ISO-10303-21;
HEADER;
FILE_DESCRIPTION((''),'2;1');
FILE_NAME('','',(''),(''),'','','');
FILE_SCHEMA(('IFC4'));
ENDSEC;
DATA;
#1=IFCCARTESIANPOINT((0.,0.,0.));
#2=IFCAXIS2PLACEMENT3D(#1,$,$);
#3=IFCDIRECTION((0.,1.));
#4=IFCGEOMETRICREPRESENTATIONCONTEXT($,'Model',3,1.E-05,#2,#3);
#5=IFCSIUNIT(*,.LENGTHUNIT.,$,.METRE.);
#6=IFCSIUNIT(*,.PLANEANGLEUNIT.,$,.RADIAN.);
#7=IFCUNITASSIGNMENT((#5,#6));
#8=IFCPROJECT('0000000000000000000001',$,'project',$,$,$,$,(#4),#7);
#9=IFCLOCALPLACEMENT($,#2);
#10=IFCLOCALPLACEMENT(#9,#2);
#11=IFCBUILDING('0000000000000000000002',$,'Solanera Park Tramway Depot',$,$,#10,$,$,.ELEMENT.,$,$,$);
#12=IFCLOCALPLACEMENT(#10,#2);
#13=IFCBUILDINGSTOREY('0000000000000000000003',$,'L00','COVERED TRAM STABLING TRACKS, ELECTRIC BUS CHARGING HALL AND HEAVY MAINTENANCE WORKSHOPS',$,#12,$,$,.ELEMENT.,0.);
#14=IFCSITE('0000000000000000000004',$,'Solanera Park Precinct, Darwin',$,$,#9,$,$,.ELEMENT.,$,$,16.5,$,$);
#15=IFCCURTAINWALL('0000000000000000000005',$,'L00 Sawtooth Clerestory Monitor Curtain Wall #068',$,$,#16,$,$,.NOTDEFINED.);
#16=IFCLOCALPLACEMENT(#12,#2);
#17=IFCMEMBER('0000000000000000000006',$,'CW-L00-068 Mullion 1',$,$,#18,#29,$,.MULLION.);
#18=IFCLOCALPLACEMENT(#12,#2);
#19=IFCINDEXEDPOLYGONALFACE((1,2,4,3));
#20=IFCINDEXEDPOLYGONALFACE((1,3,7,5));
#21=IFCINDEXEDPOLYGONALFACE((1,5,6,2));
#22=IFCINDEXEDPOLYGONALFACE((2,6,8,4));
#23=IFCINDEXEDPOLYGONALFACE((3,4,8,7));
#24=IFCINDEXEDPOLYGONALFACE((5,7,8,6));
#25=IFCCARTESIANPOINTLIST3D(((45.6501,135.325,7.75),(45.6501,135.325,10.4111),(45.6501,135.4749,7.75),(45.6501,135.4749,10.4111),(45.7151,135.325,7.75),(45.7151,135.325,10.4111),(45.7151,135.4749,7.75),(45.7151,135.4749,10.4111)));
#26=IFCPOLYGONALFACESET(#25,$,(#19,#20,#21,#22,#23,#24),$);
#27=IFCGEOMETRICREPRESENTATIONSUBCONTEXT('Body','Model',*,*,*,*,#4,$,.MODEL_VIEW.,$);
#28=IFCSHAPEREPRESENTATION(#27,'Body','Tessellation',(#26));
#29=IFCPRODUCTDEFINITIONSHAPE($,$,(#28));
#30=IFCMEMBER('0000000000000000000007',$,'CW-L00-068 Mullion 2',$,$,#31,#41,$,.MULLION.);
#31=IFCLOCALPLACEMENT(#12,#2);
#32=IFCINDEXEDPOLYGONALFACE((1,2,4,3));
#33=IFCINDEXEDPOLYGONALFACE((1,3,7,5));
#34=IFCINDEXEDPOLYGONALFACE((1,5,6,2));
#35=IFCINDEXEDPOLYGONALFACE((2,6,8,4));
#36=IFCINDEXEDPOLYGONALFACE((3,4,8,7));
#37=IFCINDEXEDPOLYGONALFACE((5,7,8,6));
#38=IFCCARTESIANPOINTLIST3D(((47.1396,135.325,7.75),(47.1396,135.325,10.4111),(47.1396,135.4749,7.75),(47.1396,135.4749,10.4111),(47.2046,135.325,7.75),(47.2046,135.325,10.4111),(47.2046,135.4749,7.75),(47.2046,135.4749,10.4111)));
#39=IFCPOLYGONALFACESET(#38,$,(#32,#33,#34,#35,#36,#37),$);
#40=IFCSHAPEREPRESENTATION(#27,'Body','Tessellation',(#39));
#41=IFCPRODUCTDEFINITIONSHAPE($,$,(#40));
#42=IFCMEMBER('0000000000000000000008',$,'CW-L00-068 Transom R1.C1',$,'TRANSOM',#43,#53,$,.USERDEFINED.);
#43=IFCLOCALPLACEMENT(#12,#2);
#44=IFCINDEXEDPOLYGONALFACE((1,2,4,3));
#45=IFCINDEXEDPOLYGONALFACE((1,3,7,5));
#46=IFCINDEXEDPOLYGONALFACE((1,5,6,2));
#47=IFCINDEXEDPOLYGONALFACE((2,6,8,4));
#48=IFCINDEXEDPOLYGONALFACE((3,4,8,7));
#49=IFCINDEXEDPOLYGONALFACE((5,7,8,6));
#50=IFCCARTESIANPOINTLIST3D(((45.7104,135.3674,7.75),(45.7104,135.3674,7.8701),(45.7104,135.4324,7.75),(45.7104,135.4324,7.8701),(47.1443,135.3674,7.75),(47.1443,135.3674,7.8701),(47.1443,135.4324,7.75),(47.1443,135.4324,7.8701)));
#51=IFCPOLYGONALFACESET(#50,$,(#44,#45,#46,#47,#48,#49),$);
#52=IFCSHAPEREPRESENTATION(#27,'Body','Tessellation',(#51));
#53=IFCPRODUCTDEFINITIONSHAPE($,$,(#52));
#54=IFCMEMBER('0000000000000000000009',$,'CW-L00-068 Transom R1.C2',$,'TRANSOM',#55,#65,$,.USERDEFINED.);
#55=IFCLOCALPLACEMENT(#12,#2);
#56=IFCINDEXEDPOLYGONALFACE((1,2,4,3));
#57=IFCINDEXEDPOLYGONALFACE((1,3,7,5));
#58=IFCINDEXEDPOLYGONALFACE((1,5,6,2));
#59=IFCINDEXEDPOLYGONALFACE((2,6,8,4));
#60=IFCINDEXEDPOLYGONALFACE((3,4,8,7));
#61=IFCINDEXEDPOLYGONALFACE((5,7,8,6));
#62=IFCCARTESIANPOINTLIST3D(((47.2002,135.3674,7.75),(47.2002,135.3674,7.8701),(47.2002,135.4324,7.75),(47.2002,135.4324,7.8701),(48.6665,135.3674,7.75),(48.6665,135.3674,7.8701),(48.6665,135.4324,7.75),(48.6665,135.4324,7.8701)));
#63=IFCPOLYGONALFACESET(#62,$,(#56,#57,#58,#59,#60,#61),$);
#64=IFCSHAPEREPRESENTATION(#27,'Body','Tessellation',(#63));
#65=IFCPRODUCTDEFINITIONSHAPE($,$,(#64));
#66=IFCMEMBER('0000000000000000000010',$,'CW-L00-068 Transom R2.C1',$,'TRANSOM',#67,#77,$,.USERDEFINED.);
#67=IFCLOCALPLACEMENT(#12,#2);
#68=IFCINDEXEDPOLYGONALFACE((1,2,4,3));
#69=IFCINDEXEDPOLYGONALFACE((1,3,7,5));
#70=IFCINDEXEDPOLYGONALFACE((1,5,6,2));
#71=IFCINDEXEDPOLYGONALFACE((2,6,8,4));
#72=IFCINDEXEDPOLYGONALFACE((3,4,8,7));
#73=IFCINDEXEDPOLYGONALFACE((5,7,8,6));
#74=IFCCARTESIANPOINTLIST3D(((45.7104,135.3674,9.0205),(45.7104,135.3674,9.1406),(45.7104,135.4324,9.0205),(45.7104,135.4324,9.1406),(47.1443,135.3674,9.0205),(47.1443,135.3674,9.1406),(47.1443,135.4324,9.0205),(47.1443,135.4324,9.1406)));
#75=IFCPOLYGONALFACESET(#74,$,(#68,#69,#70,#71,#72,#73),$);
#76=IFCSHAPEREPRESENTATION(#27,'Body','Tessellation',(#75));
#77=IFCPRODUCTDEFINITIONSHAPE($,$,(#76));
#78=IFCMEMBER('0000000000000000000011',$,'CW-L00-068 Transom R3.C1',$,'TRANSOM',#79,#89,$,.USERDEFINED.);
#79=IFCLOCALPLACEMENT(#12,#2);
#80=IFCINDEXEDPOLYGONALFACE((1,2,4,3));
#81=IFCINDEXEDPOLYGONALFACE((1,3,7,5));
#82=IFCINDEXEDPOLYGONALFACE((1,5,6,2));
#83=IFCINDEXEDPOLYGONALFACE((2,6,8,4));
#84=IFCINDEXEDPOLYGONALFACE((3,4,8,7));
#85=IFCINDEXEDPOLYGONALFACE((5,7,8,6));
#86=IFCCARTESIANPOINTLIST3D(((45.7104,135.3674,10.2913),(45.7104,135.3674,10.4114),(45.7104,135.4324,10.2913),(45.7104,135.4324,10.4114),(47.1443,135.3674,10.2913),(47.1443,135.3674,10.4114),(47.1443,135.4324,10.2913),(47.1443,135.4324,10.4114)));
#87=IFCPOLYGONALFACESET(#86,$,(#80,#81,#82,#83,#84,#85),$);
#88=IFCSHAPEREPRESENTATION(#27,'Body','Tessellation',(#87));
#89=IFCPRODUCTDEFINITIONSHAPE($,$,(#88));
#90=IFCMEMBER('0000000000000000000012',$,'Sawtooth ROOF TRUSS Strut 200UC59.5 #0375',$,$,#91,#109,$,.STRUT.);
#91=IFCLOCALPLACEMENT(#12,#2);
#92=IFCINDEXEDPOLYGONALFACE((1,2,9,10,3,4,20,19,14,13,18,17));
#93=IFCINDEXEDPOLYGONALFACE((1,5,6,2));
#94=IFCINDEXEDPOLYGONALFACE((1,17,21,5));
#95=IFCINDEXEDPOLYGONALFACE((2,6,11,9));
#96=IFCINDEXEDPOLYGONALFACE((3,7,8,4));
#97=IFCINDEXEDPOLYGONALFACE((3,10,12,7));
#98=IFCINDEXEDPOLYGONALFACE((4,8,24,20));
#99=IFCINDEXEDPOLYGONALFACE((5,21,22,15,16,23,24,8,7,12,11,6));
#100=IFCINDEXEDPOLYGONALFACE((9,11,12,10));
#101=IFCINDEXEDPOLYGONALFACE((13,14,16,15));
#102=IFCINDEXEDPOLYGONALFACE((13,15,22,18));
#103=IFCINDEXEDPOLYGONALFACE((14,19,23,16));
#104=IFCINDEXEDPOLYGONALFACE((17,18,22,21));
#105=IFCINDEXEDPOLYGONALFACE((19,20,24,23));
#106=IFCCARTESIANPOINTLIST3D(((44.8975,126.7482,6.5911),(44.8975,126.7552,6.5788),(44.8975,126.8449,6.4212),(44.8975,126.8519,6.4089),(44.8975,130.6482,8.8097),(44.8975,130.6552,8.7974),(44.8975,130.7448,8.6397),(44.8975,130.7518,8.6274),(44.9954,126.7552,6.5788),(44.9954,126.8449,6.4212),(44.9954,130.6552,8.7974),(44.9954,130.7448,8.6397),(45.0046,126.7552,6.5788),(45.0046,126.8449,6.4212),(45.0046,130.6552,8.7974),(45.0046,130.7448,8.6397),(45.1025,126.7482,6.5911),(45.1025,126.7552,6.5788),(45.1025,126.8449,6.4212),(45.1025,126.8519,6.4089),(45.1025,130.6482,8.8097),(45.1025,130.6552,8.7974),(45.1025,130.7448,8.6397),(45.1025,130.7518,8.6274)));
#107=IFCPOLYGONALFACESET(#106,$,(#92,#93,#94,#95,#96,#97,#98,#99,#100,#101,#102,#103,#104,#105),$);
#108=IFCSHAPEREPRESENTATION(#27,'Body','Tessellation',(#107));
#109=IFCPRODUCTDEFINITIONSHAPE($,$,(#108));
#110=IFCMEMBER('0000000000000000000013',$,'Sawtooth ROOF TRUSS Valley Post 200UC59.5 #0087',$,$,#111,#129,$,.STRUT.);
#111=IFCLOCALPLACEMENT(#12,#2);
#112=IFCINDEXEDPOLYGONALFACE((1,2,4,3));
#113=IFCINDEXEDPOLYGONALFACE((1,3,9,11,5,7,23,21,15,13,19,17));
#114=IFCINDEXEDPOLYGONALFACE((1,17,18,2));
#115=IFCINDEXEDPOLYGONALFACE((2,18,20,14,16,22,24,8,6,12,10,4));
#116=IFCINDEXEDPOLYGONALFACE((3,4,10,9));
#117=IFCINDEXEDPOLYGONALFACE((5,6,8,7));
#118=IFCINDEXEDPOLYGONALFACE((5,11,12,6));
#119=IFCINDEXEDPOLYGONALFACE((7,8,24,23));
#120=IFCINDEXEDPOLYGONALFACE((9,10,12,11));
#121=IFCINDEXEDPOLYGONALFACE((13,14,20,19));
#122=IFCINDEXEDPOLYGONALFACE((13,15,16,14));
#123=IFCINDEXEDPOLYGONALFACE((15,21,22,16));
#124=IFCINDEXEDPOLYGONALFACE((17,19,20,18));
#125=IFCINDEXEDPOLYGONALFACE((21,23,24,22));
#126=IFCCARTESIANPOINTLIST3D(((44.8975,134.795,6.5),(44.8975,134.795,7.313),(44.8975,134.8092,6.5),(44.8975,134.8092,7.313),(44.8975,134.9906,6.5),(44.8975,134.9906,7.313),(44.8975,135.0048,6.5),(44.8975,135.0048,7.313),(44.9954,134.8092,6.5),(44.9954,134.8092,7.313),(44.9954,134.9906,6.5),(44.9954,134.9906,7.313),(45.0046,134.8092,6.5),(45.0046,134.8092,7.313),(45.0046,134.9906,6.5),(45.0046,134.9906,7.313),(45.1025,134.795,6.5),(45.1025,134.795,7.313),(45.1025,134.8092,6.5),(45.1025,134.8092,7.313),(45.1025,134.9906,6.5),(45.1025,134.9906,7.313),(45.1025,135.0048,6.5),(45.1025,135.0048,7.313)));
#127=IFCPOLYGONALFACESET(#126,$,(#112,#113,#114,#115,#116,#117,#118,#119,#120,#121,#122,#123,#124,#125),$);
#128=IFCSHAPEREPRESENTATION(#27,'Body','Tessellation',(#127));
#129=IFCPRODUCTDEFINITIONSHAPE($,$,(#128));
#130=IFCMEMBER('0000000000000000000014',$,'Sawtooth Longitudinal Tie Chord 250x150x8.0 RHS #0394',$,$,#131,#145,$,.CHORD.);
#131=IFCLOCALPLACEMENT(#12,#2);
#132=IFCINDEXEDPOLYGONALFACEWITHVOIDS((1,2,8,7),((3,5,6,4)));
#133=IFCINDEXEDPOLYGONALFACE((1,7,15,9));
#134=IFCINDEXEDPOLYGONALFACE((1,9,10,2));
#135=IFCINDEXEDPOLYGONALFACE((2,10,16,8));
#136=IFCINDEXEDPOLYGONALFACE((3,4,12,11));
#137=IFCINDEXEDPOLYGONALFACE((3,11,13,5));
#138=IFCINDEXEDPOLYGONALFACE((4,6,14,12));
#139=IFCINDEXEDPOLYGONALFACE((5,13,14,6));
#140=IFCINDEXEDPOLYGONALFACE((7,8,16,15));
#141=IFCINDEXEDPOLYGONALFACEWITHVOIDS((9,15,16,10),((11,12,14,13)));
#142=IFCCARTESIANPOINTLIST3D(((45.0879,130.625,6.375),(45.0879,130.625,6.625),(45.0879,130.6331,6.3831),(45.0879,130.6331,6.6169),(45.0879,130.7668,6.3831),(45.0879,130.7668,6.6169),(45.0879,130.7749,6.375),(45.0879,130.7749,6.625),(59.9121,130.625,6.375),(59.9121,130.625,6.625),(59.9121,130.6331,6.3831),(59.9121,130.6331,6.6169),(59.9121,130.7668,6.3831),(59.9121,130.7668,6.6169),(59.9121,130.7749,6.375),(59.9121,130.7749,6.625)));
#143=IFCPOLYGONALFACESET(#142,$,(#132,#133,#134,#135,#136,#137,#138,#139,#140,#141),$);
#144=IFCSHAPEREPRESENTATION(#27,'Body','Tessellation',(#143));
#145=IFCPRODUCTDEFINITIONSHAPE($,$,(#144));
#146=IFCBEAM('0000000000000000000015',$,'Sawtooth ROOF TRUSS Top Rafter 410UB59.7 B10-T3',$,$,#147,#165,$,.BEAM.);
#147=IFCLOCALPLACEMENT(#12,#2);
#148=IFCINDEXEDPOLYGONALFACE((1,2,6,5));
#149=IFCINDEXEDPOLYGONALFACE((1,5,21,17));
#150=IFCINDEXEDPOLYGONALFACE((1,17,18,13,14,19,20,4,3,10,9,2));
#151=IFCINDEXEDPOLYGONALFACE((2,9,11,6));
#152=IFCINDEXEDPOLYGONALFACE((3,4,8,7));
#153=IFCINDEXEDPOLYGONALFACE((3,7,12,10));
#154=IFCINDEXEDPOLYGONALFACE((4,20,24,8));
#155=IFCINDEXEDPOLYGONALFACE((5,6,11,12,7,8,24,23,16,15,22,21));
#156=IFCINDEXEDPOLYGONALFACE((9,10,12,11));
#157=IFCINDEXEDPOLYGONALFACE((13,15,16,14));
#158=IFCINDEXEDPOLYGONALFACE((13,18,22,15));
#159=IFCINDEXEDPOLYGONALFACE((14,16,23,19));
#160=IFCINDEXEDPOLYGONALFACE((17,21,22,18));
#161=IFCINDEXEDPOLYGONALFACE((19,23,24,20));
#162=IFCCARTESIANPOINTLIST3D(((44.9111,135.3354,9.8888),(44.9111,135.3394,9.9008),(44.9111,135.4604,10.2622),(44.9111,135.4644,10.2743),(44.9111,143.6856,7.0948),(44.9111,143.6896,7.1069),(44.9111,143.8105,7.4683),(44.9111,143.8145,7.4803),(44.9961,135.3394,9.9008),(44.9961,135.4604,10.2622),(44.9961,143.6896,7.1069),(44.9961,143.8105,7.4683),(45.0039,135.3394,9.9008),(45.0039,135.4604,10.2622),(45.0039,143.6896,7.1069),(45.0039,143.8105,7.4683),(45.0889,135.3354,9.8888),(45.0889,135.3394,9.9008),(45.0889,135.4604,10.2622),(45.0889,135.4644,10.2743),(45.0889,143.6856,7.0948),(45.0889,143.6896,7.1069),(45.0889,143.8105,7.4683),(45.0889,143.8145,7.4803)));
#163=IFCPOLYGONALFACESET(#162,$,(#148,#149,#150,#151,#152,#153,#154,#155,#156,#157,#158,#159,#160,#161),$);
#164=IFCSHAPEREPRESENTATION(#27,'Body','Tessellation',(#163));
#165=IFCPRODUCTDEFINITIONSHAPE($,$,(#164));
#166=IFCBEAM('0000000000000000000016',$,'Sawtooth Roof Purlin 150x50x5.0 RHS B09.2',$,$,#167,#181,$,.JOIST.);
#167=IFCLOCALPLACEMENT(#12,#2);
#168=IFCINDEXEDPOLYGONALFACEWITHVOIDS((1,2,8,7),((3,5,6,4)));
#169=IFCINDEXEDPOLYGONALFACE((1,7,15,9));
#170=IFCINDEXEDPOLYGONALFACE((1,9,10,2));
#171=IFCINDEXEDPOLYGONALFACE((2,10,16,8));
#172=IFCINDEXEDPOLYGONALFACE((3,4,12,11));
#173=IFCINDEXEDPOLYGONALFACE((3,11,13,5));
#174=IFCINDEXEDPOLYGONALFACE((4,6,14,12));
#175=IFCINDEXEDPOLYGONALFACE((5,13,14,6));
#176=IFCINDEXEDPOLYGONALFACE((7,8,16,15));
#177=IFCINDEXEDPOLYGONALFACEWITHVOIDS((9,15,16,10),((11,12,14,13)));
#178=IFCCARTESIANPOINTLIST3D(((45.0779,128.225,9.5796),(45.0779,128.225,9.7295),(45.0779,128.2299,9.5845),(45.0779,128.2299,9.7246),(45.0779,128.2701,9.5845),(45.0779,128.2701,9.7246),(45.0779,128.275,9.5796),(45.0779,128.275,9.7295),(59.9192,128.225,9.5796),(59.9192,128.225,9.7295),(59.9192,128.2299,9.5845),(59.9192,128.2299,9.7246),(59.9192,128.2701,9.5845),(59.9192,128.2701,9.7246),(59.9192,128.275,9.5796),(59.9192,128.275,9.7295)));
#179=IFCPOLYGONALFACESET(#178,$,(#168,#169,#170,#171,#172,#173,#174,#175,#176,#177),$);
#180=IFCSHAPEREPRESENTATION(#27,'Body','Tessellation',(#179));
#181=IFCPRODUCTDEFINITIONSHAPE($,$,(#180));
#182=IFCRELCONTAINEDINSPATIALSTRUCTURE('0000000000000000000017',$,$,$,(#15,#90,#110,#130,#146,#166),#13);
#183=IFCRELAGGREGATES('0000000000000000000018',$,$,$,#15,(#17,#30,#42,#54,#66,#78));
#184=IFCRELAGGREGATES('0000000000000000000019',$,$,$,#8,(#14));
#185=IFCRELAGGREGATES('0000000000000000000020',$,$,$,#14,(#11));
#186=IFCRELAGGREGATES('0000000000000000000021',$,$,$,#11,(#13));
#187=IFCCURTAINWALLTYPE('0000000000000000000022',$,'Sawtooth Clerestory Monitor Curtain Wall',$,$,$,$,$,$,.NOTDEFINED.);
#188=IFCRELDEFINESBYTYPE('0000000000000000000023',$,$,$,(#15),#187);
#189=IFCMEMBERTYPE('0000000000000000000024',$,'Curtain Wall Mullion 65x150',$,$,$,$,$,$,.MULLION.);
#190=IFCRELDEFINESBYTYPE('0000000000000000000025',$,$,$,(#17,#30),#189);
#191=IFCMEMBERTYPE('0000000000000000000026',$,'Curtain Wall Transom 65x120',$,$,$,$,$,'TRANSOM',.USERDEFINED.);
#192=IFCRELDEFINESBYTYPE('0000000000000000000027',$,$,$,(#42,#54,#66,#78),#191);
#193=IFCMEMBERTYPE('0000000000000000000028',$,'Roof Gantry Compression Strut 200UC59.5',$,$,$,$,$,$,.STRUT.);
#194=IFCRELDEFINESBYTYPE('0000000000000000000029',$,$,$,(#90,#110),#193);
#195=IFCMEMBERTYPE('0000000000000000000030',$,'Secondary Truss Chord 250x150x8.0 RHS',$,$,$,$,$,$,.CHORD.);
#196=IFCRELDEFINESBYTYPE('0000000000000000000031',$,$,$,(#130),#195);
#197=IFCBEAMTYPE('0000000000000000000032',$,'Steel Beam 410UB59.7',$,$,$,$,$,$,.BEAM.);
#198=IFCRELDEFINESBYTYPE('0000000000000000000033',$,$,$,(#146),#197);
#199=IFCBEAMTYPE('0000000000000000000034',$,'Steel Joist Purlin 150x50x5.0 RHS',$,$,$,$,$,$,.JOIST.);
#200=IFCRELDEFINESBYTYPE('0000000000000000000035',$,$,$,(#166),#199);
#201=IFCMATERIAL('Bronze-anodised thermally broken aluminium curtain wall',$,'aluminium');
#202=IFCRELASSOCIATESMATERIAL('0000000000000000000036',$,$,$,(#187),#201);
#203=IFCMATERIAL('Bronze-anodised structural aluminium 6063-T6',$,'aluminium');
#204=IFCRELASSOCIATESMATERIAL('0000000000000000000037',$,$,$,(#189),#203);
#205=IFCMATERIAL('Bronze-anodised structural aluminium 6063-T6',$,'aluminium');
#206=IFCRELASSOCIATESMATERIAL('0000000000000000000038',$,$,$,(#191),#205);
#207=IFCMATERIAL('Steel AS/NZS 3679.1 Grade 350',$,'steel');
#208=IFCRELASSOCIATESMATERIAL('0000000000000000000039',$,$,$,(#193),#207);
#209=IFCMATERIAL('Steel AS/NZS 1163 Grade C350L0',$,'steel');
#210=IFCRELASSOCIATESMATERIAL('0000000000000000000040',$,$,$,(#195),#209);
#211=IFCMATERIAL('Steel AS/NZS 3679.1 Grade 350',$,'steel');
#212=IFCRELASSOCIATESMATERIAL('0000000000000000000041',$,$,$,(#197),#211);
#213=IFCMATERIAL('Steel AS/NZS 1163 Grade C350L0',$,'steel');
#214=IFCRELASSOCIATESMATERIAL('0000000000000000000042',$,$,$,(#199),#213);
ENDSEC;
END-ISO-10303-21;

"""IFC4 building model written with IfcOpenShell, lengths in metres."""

from ifc_helpers import new_model, si_unit, direction, frame, origin, origin_2d, place, context, subcontext, project, spatial, rectangle, hollow_rectangle, i_section, extrude, material, material_profile, profile_set, type_object, element, aggregate, save


model = new_model("IFC4")

# Units and contexts
model_context = context("Model", 3, precision=1e-05, world=origin(), true_north=direction((0.0, 1.0)))
body_context = subcontext(model_context, "Body", "Model", "MODEL_VIEW")
ifc_project = project(units=[si_unit("LENGTHUNIT", "METRE"), si_unit("PLANEANGLEUNIT", "RADIAN")], contexts=[model_context])

# Site, building, storey
site_placement = place(None, origin())
site = spatial("IfcSite", under=ifc_project, at=site_placement, Name="Solanera Park Precinct, Darwin", CompositionType="ELEMENT", RefElevation=16.5)
building_placement = place(site_placement, origin())
building = spatial("IfcBuilding", under=site, at=building_placement, Name="Solanera Park Tramway Depot", CompositionType="ELEMENT")
storey_placement = place(building_placement, origin())
storey = spatial("IfcBuildingStorey", under=building, at=storey_placement, Name="L00", Description="COVERED TRAM STABLING TRACKS, ELECTRIC BUS CHARGING HALL AND HEAVY MAINTENANCE WORKSHOPS", CompositionType="ELEMENT", Elevation=0.0)

# Curtain wall, members
ifc_material_1 = material(Name="Bronze-anodised thermally broken aluminium curtain wall", Category="aluminium")
curtain_wall_type = type_object("IfcCurtainWallType", Name="Sawtooth Clerestory Monitor Curtain Wall", PredefinedType="NOTDEFINED", material=ifc_material_1)
curtain_wall_placement = place(storey_placement, origin())
curtain_wall = element("IfcCurtainWall", 1, at=curtain_wall_placement, inside=storey, type_object=curtain_wall_type, Name="L00 Sawtooth Clerestory Monitor Curtain Wall #068", PredefinedType="NOTDEFINED")
ifc_material_2 = material(Name="Bronze-anodised structural aluminium 6063-T6", Category="aluminium")
ifc_material_profile_1 = material_profile(ifc_material_2, rectangle(XDim=0.0649, YDim=0.1499, at=origin_2d()), Name="Curtain Wall Mullion 65x150")
ifc_profile_set_1 = profile_set([ifc_material_profile_1], Name="Bronze-anodised structural aluminium 6063-T6")
member_type_1 = type_object("IfcMemberType", Name="Curtain Wall Mullion 65x150", PredefinedType="MULLION", material=ifc_profile_set_1)
member_1_placement = place(storey_placement, frame((45.6826, 135.3999, 7.75), z_axis=(0.0, 0.0, 1.0), x_axis=(1.0, 0.0, 0.0)))
member_1 = element("IfcMember", 2, at=member_1_placement, type_object=member_type_1, Name="CW-L00-068 Mullion 1", PredefinedType="MULLION", context=body_context, shape_type="SweptSolid", body=[
    extrude(rectangle(XDim=0.0649, YDim=0.1499, at=origin_2d()), origin(), (0.0, 0.0, 1.0), 2.6611),
])
member_2_placement = place(storey_placement, frame((47.1721, 135.3999, 7.75), z_axis=(0.0, 0.0, 1.0), x_axis=(1.0, 0.0, 0.0)))
member_2 = element("IfcMember", 3, at=member_2_placement, type_object=member_type_1, Name="CW-L00-068 Mullion 2", PredefinedType="MULLION", context=body_context, shape_type="SweptSolid", body=[
    extrude(rectangle(XDim=0.0649, YDim=0.1499, at=origin_2d()), origin(), (0.0, 0.0, 1.0), 2.6611),
])
ifc_material_3 = material(Name="Bronze-anodised structural aluminium 6063-T6", Category="aluminium")
ifc_material_profile_2 = material_profile(ifc_material_3, rectangle(XDim=0.0649, YDim=0.1201, at=origin_2d()), Name="Curtain Wall Transom 65x120")
ifc_profile_set_2 = profile_set([ifc_material_profile_2], Name="Bronze-anodised structural aluminium 6063-T6")
member_type_2 = type_object("IfcMemberType", Name="Curtain Wall Transom 65x120", ElementType="TRANSOM", PredefinedType="USERDEFINED", material=ifc_profile_set_2)
member_3_placement = place(storey_placement, frame((45.7104, 135.3999, 7.8101), z_axis=(1.0, 0.0, 0.0), x_axis=(0.0, 1.0, 0.0)))
member_3 = element("IfcMember", 4, at=member_3_placement, type_object=member_type_2, Name="CW-L00-068 Transom R1.C1", ObjectType="TRANSOM", PredefinedType="USERDEFINED", context=body_context, shape_type="SweptSolid", body=[
    extrude(rectangle(XDim=0.0649, YDim=0.1201, at=origin_2d()), origin(), (0.0, 0.0, 1.0), 1.4338),
])
member_4_placement = place(storey_placement, frame((47.2002, 135.3999, 7.8101), z_axis=(1.0, 0.0, 0.0), x_axis=(0.0, 1.0, 0.0)))
member_4 = element("IfcMember", 5, at=member_4_placement, type_object=member_type_2, Name="CW-L00-068 Transom R1.C2", ObjectType="TRANSOM", PredefinedType="USERDEFINED", context=body_context, shape_type="SweptSolid", body=[
    extrude(rectangle(XDim=0.0649, YDim=0.1201, at=origin_2d()), origin(), (0.0, 0.0, 1.0), 1.4663),
])
member_5_placement = place(storey_placement, frame((45.7104, 135.3999, 9.0806), z_axis=(1.0, 0.0, 0.0), x_axis=(0.0, 1.0, 0.0)))
member_5 = element("IfcMember", 6, at=member_5_placement, type_object=member_type_2, Name="CW-L00-068 Transom R2.C1", ObjectType="TRANSOM", PredefinedType="USERDEFINED", context=body_context, shape_type="SweptSolid", body=[
    extrude(rectangle(XDim=0.0649, YDim=0.1201, at=origin_2d()), origin(), (0.0, 0.0, 1.0), 1.4338),
])
member_6_placement = place(storey_placement, frame((45.7104, 135.3999, 10.3513), z_axis=(1.0, 0.0, 0.0), x_axis=(0.0, 1.0, 0.0)))
member_6 = element("IfcMember", 7, at=member_6_placement, type_object=member_type_2, Name="CW-L00-068 Transom R3.C1", ObjectType="TRANSOM", PredefinedType="USERDEFINED", context=body_context, shape_type="SweptSolid", body=[
    extrude(rectangle(XDim=0.0649, YDim=0.1201, at=origin_2d()), origin(), (0.0, 0.0, 1.0), 1.4338),
])

# Members
ifc_material_4 = material(Name="Steel AS/NZS 3679.1 Grade 350", Category="steel")
ifc_material_profile_3 = material_profile(ifc_material_4, i_section(OverallWidth=0.2051, OverallDepth=0.2097, WebThickness=0.0093, FlangeThickness=0.0142, at=origin_2d()), Name="200UC59.5")
ifc_profile_set_3 = profile_set([ifc_material_profile_3], Name="Steel AS/NZS 3679.1 Grade 350")
member_type_3 = type_object("IfcMemberType", Name="Roof Gantry Compression Strut 200UC59.5", PredefinedType="STRUT", material=ifc_profile_set_3)
member_7_placement = place(storey_placement, frame((45.0, 126.8, 6.5), z_axis=(0.0, 0.869203, 0.494456), x_axis=(-1.0, 0.0, 0.0)))
element("IfcMember", 8, at=member_7_placement, inside=storey, type_object=member_type_3, Name="Sawtooth ROOF TRUSS Strut 200UC59.5 #0375", PredefinedType="STRUT", context=body_context, shape_type="SweptSolid", body=[
    extrude(i_section(OverallWidth=0.2051, OverallDepth=0.2097, WebThickness=0.0093, FlangeThickness=0.0142, at=origin_2d()), origin(), (0.0, 0.0, 1.0), 4.4868),
])
member_8_placement = place(storey_placement, frame((45.0, 134.8999, 6.5), z_axis=(0.0, 0.0, 1.0), x_axis=(1.0, 0.0, 0.0)))
element("IfcMember", 9, at=member_8_placement, inside=storey, type_object=member_type_3, Name="Sawtooth ROOF TRUSS Valley Post 200UC59.5 #0087", PredefinedType="STRUT", context=body_context, shape_type="SweptSolid", body=[
    extrude(i_section(OverallWidth=0.2051, OverallDepth=0.2097, WebThickness=0.0093, FlangeThickness=0.0142, at=origin_2d()), origin(), (0.0, 0.0, 1.0), 0.813),
])
ifc_material_5 = material(Name="Steel AS/NZS 1163 Grade C350L0", Category="steel")
ifc_material_profile_4 = material_profile(ifc_material_5, hollow_rectangle(XDim=0.1499, YDim=0.25, WallThickness=0.0081, at=origin_2d()), Name="250x150x8.0 RHS")
ifc_profile_set_4 = profile_set([ifc_material_profile_4], Name="Steel AS/NZS 1163 Grade C350L0")
member_type_4 = type_object("IfcMemberType", Name="Secondary Truss Chord 250x150x8.0 RHS", PredefinedType="CHORD", material=ifc_profile_set_4)
member_9_placement = place(storey_placement, frame((45.0879, 130.7, 6.5), z_axis=(1.0, 0.0, 0.0), x_axis=(0.0, 1.0, 0.0)))
element("IfcMember", 10, at=member_9_placement, inside=storey, type_object=member_type_4, Name="Sawtooth Longitudinal Tie Chord 250x150x8.0 RHS #0394", PredefinedType="CHORD", context=body_context, shape_type="SweptSolid", body=[
    extrude(hollow_rectangle(XDim=0.1499, YDim=0.25, WallThickness=0.0081, at=origin_2d()), origin(), (0.0, 0.0, 1.0), 14.8242),
])

# Beams
ifc_material_6 = material(Name="Steel AS/NZS 3679.1 Grade 350", Category="steel")
ifc_material_profile_5 = material_profile(ifc_material_6, i_section(OverallWidth=0.1777, OverallDepth=0.4065, WebThickness=0.0078, FlangeThickness=0.0127, at=origin_2d()), Name="410UB59.7")
ifc_profile_set_5 = profile_set([ifc_material_profile_5], Name="Steel AS/NZS 3679.1 Grade 350")
beam_type_1 = type_object("IfcBeamType", Name="Steel Beam 410UB59.7", PredefinedType="BEAM", material=ifc_profile_set_5)
beam_1_placement = place(storey_placement, frame((45.0, 135.3999, 10.0815), z_axis=(0.0, 0.948322, -0.317309), x_axis=(-1.0, 0.0, 0.0)))
element("IfcBeam", 11, at=beam_1_placement, inside=storey, type_object=beam_type_1, Name="Sawtooth ROOF TRUSS Top Rafter 410UB59.7 B10-T3", PredefinedType="BEAM", context=body_context, shape_type="SweptSolid", body=[
    extrude(i_section(OverallWidth=0.1777, OverallDepth=0.4065, WebThickness=0.0078, FlangeThickness=0.0127, at=origin_2d()), origin(), (0.0, 0.0, 1.0), 8.8052),
])
ifc_material_7 = material(Name="Steel AS/NZS 1163 Grade C350L0", Category="steel")
ifc_material_profile_6 = material_profile(ifc_material_7, hollow_rectangle(XDim=0.05, YDim=0.1499, WallThickness=0.0049, at=origin_2d()), Name="150x50x5.0 RHS")
ifc_profile_set_6 = profile_set([ifc_material_profile_6], Name="Steel AS/NZS 1163 Grade C350L0")
beam_type_2 = type_object("IfcBeamType", Name="Steel Joist Purlin 150x50x5.0 RHS", PredefinedType="JOIST", material=ifc_profile_set_6)
beam_2_placement = place(storey_placement, frame((45.0779, 128.25, 9.6545), z_axis=(1.0, 0.0, 0.0), x_axis=(0.0, 1.0, 0.0)))
element("IfcBeam", 12, at=beam_2_placement, inside=storey, type_object=beam_type_2, Name="Sawtooth Roof Purlin 150x50x5.0 RHS B09.2", PredefinedType="JOIST", context=body_context, shape_type="SweptSolid", body=[
    extrude(hollow_rectangle(XDim=0.05, YDim=0.1499, WallThickness=0.0049, at=origin_2d()), origin(), (0.0, 0.0, 1.0), 14.8413),
])

aggregate(curtain_wall, [member_1, member_2, member_3, member_4, member_5, member_6])

save(model, "model.ifc")
